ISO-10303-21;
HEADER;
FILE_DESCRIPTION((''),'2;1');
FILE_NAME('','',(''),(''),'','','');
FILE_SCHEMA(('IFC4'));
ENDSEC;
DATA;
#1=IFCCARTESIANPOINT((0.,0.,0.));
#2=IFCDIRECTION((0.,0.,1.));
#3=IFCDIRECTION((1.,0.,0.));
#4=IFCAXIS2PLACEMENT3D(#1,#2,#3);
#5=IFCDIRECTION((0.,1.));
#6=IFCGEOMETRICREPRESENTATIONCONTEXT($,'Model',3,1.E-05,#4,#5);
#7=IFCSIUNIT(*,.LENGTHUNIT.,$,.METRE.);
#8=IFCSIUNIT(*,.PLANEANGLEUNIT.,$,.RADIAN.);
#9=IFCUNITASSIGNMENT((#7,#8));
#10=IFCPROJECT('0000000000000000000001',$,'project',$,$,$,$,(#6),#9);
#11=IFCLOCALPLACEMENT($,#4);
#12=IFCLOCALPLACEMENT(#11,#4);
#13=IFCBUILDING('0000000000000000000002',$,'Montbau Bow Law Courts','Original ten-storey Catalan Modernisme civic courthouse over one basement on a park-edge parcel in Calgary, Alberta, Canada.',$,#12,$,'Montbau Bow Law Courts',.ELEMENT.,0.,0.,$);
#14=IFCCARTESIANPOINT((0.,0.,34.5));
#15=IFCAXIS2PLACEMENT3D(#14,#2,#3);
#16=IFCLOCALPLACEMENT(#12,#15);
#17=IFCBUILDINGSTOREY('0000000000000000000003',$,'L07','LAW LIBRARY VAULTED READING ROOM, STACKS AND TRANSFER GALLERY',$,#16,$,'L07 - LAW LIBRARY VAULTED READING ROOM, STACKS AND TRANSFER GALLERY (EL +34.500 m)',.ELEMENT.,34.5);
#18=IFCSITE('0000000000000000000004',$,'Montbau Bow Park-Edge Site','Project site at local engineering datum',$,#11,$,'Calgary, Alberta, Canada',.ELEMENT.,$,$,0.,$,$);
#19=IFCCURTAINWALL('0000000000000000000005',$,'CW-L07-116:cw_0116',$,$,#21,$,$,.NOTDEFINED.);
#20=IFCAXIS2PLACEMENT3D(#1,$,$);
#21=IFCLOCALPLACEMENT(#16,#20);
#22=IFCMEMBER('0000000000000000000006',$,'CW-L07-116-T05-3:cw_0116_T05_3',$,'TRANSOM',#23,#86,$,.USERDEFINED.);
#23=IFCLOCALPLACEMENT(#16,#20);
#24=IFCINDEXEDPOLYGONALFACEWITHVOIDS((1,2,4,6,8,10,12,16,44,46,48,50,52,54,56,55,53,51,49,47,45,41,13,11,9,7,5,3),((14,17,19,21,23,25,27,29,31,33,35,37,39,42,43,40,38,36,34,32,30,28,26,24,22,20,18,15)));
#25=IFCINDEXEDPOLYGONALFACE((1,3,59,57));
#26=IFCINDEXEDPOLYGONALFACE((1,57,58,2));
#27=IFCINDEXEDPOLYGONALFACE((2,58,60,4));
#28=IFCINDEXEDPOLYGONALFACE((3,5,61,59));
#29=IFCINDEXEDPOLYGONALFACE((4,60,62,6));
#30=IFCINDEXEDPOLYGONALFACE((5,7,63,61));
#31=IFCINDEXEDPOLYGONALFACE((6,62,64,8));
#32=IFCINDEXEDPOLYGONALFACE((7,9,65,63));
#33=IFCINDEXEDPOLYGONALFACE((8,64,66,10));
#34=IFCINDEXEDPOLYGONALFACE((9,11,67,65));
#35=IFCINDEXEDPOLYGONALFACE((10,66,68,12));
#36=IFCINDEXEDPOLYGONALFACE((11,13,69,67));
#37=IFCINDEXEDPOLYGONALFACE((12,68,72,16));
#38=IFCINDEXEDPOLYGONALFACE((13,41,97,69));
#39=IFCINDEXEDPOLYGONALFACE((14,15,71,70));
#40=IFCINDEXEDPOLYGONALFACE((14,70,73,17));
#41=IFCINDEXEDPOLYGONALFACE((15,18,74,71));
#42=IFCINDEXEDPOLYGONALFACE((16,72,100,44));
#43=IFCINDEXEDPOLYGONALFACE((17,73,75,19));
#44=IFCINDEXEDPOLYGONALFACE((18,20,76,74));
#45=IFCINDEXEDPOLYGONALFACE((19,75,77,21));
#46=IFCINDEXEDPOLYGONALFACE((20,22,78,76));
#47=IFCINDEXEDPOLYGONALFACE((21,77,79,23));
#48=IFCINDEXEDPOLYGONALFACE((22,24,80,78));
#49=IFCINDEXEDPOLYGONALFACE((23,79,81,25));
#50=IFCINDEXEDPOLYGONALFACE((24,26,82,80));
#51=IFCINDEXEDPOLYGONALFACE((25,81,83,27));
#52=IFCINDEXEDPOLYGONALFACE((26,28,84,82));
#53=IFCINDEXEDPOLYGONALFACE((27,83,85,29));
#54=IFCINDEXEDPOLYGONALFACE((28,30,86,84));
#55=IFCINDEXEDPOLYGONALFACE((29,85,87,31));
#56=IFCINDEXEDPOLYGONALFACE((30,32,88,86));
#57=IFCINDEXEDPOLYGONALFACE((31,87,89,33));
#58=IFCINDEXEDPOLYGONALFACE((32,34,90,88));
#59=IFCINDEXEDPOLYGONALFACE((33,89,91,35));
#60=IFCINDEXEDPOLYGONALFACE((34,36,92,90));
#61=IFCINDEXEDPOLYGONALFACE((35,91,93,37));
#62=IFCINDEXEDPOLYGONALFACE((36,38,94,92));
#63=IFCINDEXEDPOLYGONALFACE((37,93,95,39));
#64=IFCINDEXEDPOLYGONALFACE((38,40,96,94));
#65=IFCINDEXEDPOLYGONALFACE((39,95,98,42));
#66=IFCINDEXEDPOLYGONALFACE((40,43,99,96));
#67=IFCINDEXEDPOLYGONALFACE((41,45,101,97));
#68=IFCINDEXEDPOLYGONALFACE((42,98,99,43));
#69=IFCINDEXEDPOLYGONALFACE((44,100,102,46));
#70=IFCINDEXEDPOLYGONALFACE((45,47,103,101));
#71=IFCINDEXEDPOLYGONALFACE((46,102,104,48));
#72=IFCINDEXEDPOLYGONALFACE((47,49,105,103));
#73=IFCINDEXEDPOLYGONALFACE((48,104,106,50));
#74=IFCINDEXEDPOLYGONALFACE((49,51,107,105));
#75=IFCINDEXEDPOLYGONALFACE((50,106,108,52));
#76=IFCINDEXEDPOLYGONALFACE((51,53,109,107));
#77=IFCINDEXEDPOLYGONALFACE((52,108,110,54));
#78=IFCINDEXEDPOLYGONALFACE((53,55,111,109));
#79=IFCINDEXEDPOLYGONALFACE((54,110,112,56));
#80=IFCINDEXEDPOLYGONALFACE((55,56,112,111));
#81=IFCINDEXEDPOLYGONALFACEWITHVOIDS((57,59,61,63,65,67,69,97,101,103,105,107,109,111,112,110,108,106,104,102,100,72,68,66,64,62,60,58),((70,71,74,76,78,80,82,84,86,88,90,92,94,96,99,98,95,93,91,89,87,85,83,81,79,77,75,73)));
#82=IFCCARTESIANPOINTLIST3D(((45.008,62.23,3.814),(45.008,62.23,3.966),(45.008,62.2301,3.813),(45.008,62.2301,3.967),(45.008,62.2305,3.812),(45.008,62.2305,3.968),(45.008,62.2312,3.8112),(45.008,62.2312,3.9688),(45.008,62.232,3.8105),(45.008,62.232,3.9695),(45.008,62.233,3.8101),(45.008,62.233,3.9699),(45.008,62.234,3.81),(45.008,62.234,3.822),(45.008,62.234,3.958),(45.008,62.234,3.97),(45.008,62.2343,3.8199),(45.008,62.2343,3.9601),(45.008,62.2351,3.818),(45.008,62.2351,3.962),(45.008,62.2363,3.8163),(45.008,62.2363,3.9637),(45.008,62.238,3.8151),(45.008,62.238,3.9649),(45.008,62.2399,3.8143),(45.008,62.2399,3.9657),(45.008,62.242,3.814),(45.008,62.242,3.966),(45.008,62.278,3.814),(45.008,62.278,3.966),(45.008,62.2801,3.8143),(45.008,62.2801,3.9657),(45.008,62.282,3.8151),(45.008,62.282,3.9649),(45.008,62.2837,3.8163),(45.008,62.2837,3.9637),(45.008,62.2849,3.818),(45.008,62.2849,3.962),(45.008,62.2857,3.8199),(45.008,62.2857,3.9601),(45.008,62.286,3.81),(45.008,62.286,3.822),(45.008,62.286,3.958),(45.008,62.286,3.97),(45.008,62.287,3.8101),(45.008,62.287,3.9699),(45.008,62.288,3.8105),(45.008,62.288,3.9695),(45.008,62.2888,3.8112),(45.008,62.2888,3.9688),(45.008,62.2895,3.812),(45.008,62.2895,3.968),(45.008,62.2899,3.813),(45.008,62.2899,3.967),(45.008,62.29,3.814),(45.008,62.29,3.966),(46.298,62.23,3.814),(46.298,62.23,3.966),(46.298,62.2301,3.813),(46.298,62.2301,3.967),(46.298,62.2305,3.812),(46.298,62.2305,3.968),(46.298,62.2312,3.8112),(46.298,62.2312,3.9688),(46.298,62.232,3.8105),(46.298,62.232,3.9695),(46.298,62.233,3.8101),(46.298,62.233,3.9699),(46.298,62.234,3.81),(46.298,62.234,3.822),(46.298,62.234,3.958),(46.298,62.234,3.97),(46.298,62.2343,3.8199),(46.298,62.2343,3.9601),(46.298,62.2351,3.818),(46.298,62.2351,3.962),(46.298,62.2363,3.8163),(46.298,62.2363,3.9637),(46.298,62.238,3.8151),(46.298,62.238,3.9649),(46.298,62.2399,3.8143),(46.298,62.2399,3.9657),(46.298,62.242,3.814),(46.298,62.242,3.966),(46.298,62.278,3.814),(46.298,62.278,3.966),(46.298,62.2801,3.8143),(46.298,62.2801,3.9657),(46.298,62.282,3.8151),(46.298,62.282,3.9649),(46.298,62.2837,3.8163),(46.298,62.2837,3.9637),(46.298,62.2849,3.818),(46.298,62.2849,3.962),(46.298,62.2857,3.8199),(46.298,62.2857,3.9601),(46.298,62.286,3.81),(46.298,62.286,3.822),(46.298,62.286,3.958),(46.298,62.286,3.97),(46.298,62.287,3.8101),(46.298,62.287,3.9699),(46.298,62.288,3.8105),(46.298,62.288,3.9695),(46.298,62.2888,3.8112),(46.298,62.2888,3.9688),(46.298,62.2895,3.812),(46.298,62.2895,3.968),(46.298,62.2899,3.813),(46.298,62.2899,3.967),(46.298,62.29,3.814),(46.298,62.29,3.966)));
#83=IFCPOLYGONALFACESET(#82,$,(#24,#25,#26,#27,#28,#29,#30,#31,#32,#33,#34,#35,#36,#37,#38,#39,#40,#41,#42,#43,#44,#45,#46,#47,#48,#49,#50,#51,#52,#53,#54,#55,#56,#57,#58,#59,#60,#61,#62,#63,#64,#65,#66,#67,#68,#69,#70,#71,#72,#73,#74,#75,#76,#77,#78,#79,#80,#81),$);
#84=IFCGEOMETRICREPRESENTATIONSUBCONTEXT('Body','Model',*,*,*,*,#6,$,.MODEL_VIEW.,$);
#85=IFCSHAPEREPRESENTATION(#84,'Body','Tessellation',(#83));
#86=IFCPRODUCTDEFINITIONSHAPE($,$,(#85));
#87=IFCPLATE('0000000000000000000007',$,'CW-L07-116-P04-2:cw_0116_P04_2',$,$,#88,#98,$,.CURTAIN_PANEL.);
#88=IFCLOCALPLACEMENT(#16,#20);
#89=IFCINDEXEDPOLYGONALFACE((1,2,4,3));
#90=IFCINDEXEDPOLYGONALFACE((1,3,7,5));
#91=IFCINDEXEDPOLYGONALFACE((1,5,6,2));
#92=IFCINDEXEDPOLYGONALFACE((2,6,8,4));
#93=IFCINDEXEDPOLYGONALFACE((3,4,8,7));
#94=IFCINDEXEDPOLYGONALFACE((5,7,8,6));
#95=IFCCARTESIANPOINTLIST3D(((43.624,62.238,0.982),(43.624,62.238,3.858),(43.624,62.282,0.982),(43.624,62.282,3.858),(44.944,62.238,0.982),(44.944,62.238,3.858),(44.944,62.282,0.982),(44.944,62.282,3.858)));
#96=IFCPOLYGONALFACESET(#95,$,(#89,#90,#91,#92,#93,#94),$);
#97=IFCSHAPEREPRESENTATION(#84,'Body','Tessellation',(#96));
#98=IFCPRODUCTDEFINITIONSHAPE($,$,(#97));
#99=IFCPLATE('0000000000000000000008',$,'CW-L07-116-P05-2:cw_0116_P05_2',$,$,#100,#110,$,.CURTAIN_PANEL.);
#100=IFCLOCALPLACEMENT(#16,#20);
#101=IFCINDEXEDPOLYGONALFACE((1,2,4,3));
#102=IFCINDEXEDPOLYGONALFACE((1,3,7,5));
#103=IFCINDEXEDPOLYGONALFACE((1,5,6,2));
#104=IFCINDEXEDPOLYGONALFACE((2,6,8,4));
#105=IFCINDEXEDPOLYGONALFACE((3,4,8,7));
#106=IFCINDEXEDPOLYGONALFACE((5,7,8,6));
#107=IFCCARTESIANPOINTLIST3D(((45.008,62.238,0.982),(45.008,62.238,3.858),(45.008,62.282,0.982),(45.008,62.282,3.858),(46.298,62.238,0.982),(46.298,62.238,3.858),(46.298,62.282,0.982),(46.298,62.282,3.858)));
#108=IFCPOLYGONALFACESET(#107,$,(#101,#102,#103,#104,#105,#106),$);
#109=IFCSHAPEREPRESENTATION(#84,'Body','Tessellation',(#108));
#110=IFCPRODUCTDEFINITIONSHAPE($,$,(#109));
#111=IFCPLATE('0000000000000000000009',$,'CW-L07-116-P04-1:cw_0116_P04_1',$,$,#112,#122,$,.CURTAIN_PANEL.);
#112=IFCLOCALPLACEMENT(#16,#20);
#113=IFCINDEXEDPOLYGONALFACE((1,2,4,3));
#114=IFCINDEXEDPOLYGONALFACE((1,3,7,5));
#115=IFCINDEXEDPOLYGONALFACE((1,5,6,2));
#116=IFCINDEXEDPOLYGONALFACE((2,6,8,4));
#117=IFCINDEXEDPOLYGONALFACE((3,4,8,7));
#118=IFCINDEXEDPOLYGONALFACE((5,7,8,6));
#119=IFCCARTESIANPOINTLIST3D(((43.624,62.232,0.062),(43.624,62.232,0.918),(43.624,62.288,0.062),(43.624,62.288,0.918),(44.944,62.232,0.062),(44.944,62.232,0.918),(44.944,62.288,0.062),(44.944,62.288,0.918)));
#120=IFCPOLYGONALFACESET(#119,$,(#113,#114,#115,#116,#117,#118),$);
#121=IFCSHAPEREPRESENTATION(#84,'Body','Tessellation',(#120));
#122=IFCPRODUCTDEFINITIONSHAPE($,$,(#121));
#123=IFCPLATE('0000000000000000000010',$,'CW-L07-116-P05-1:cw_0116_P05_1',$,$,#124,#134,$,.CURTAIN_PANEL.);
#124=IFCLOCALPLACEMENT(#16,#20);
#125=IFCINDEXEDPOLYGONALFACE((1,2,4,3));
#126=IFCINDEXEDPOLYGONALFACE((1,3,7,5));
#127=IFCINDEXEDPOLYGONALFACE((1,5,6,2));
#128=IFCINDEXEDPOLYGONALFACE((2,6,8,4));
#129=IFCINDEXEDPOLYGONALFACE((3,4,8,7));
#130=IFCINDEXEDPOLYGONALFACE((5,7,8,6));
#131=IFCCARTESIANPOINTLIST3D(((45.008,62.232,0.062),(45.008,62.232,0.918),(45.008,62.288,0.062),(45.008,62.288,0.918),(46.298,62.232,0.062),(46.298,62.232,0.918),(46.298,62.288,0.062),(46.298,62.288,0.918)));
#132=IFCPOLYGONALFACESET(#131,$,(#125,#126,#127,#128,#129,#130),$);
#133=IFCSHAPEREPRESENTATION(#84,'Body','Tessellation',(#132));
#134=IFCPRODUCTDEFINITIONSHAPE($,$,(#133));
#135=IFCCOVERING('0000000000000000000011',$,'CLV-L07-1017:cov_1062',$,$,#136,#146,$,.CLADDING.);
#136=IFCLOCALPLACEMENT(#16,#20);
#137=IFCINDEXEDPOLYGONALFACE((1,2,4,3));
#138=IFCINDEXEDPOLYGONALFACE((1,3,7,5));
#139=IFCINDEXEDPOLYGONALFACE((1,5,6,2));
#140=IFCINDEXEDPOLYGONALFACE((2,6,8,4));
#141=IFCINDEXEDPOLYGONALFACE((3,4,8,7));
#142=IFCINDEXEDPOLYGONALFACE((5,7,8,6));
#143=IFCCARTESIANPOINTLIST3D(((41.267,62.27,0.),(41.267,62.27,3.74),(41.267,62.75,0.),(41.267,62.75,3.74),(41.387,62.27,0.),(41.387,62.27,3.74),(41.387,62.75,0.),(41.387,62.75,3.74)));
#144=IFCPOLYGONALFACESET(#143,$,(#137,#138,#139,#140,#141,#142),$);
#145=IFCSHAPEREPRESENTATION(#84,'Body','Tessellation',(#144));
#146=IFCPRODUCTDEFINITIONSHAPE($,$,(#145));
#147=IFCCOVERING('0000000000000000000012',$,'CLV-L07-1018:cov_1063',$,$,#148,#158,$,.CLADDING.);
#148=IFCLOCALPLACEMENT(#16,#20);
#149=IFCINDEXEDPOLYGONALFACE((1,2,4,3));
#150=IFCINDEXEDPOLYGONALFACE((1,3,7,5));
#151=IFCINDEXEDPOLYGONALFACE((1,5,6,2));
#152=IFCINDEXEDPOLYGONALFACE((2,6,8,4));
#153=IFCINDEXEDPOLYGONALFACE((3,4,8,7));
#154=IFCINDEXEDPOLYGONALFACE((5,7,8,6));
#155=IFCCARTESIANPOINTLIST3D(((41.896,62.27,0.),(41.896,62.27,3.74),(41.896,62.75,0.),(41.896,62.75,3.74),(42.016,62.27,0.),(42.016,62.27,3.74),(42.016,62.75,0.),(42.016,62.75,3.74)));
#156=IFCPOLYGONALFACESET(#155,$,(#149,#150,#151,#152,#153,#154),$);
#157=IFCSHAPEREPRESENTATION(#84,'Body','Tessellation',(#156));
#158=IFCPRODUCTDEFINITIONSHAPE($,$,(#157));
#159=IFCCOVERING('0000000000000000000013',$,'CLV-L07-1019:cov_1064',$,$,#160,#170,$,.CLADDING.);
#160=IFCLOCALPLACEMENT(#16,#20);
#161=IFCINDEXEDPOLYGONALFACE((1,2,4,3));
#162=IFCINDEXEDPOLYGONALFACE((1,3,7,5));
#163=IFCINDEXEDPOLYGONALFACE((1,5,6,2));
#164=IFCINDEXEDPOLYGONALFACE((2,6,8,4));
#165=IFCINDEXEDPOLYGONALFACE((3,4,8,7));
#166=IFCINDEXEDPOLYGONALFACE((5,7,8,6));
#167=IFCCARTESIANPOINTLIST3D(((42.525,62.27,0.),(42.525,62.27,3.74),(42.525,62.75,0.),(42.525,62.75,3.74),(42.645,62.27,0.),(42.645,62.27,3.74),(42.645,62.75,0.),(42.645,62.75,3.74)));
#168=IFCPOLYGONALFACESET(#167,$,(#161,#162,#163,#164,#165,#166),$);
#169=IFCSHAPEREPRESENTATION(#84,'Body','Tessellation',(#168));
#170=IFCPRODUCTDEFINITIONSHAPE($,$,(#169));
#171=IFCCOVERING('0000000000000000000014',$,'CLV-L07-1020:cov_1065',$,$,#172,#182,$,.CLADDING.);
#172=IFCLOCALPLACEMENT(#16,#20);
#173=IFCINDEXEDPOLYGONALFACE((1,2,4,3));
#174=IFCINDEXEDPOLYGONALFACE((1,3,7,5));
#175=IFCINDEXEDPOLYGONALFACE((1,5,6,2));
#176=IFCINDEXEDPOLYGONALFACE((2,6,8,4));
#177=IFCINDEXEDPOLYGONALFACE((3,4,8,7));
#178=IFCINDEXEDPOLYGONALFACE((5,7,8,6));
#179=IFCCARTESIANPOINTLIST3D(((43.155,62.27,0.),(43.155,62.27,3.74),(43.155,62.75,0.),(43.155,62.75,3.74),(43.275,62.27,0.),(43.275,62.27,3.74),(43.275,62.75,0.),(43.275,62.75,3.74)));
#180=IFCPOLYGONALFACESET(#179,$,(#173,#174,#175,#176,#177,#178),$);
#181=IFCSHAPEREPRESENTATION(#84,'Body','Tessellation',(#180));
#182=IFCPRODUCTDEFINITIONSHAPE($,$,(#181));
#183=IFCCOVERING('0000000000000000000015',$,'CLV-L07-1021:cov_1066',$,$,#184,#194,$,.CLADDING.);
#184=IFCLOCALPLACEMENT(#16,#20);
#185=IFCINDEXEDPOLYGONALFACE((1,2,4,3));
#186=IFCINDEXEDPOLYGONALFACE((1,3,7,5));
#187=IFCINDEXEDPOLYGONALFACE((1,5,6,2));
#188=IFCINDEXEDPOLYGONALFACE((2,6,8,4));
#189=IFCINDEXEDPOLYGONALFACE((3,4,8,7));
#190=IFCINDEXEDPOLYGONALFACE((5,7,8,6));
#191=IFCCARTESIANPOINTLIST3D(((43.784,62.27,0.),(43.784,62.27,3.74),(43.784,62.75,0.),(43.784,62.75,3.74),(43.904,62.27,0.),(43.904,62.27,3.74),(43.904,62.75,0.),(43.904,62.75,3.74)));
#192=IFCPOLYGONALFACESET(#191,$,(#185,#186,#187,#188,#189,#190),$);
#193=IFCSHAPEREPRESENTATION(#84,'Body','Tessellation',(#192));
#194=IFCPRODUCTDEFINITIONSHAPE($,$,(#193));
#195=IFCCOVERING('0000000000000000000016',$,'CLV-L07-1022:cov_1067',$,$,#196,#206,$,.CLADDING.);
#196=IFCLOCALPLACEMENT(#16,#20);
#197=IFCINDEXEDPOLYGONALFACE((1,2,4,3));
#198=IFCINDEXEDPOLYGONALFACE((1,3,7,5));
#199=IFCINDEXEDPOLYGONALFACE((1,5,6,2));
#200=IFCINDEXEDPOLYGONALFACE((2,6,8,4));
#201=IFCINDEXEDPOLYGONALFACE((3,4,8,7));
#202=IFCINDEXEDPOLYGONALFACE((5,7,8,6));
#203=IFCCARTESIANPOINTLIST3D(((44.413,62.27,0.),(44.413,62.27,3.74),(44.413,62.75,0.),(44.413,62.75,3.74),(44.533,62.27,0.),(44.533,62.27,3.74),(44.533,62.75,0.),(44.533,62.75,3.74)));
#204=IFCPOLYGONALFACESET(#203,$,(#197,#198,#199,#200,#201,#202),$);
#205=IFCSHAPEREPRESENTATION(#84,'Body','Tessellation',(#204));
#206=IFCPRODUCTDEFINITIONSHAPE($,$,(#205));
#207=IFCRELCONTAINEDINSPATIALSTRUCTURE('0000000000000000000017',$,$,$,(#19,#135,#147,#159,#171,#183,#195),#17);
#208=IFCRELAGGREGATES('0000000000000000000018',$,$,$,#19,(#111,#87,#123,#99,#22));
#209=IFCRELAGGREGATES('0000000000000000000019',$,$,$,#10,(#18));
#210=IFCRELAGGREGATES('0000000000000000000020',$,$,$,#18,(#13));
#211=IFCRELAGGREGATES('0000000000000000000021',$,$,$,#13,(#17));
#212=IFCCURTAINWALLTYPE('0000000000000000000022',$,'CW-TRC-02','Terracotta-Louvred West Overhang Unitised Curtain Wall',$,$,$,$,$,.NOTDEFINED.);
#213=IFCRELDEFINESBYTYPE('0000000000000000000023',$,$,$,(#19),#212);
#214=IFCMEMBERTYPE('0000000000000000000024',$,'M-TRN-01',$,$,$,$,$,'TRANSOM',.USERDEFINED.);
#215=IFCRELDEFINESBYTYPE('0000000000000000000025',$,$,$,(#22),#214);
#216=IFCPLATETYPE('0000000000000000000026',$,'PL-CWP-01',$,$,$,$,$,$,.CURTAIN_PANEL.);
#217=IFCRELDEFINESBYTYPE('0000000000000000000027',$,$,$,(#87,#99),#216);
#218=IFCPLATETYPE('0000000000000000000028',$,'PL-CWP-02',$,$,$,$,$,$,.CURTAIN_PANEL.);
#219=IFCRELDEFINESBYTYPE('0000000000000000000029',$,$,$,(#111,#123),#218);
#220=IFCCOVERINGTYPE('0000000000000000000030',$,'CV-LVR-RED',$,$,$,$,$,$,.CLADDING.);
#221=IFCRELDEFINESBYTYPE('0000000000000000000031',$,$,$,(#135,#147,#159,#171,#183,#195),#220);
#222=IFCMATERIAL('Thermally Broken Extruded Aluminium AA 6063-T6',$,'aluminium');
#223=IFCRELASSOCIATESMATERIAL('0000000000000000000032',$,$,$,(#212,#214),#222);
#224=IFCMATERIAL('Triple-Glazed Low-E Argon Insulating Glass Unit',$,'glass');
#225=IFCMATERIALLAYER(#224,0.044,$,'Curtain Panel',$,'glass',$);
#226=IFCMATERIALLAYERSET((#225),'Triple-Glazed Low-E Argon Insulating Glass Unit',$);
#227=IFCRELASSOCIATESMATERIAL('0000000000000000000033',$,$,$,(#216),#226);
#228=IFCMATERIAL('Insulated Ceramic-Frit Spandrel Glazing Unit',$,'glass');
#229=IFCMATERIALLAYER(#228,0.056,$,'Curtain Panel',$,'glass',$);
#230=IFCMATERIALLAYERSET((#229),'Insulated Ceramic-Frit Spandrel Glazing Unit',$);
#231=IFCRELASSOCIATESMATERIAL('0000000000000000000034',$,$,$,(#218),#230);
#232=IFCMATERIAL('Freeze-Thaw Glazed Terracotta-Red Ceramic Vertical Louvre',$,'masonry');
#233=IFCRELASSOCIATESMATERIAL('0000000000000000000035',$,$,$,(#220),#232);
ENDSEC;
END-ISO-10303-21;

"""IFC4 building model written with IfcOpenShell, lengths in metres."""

from ifc_helpers import new_model, si_unit, direction, frame, frame_2d, origin_with_axes, origin_2d_with_axis, place, context, subcontext, project, spatial, rectangle, hollow_rectangle, extrude, material, layer, layer_set, material_profile, profile_set, type_object, element, aggregate, save


model = new_model("IFC4")

# Units and contexts
model_context = context("Model", 3, precision=1e-05, world=origin_with_axes(), true_north=direction((0.0, 1.0)))
body_context = subcontext(model_context, "Body", "Model", "MODEL_VIEW")
ifc_project = project(units=[si_unit("LENGTHUNIT", "METRE"), si_unit("PLANEANGLEUNIT", "RADIAN")], contexts=[model_context])

# Site, building, storey
site_placement = place(None, origin_with_axes())
site = spatial("IfcSite", under=ifc_project, at=site_placement, Name="Montbau Bow Park-Edge Site", Description="Project site at local engineering datum", LongName="Calgary, Alberta, Canada", CompositionType="ELEMENT", RefElevation=0.0)
building_placement = place(site_placement, origin_with_axes())
building = spatial("IfcBuilding", under=site, at=building_placement, Name="Montbau Bow Law Courts", Description="Original ten-storey Catalan Modernisme civic courthouse over one basement on a park-edge parcel in Calgary, Alberta, Canada.", LongName="Montbau Bow Law Courts", CompositionType="ELEMENT", ElevationOfRefHeight=0.0, ElevationOfTerrain=0.0)
storey_placement = place(building_placement, frame((0.0, 0.0, 34.5), z_axis=(0.0, 0.0, 1.0), x_axis=(1.0, 0.0, 0.0)))
storey = spatial("IfcBuildingStorey", under=building, at=storey_placement, Name="L07", Description="LAW LIBRARY VAULTED READING ROOM, STACKS AND TRANSFER GALLERY", LongName="L07 - LAW LIBRARY VAULTED READING ROOM, STACKS AND TRANSFER GALLERY (EL +34.500 m)", CompositionType="ELEMENT", Elevation=34.5)

# Curtain wall, member, plates
ifc_material_1 = material(Name="Thermally Broken Extruded Aluminium AA 6063-T6", Category="aluminium")
curtain_wall_type = type_object("IfcCurtainWallType", Name="CW-TRC-02", Description="Terracotta-Louvred West Overhang Unitised Curtain Wall", PredefinedType="NOTDEFINED", material=ifc_material_1)
curtain_wall_placement = place(None, frame((39.44, 62.26, 34.5), z_axis=(0.0, 0.0, 1.0), x_axis=(1.0, 0.0, 0.0)))
curtain_wall = element("IfcCurtainWall", 1, at=curtain_wall_placement, inside=storey, type_object=curtain_wall_type, Name="CW-L07-116:cw_0116", PredefinedType="NOTDEFINED")
ifc_material_profile_1 = material_profile(ifc_material_1, hollow_rectangle(XDim=0.06, YDim=0.16, WallThickness=0.004, InnerFilletRadius=0.008, OuterFilletRadius=0.004, at=origin_2d_with_axis()), Name="CWT-160X60", Category="Main", Priority=0)
ifc_profile_set_1 = profile_set([ifc_material_profile_1], Name="Thermally Broken Extruded Aluminium AA 6063-T6")
member_type_1 = type_object("IfcMemberType", Name="M-TRN-01", ElementType="TRANSOM", PredefinedType="USERDEFINED", material=ifc_profile_set_1)
member_1_placement = place(None, frame((45.008, 62.26, 38.39), z_axis=(1.0, 0.0, 0.0), x_axis=(0.0, 1.0, 0.0)))
member_1 = element("IfcMember", 2, at=member_1_placement, type_object=member_type_1, Name="CW-L07-116-T05-3:cw_0116_T05_3", ObjectType="TRANSOM", PredefinedType="USERDEFINED", context=body_context, shape_type="SweptSolid", body=[
    extrude(hollow_rectangle(XDim=0.06, YDim=0.16, WallThickness=0.004, InnerFilletRadius=0.008, OuterFilletRadius=0.004, at=origin_2d_with_axis()), origin_with_axes(), (0.0, 0.0, 1.0), 1.29),
])
ifc_material_2 = material(Name="Triple-Glazed Low-E Argon Insulating Glass Unit", Category="glass")
ifc_layer_1 = layer(ifc_material_2, 0.044, Name="Curtain Panel", Category="glass")
ifc_layer_set_1 = layer_set([ifc_layer_1], Name="Triple-Glazed Low-E Argon Insulating Glass Unit")
plate_type_1 = type_object("IfcPlateType", Name="PL-CWP-01", PredefinedType="CURTAIN_PANEL", material=ifc_layer_set_1)
plate_1_placement = place(None, frame((43.624, 62.26, 35.482), z_axis=(0.0, -1.0, 0.0), x_axis=(1.0, 0.0, 0.0)))
plate_1 = element("IfcPlate", 3, at=plate_1_placement, type_object=plate_type_1, Name="CW-L07-116-P04-2:cw_0116_P04_2", PredefinedType="CURTAIN_PANEL", context=body_context, shape_type="SweptSolid", body=[
    extrude(rectangle(XDim=1.32, YDim=2.876, at=frame_2d((0.66, 1.438), x_axis=(1.0, 0.0))), frame((0.0, 0.0, -0.022), z_axis=(0.0, 0.0, 1.0), x_axis=(1.0, 0.0, 0.0)), (0.0, 0.0, 1.0), 0.044),
])
plate_2_placement = place(None, frame((45.008, 62.26, 35.482), z_axis=(0.0, -1.0, 0.0), x_axis=(1.0, 0.0, 0.0)))
plate_2 = element("IfcPlate", 4, at=plate_2_placement, type_object=plate_type_1, Name="CW-L07-116-P05-2:cw_0116_P05_2", PredefinedType="CURTAIN_PANEL", context=body_context, shape_type="SweptSolid", body=[
    extrude(rectangle(XDim=1.29, YDim=2.876, at=frame_2d((0.645, 1.438), x_axis=(1.0, 0.0))), frame((0.0, 0.0, -0.022), z_axis=(0.0, 0.0, 1.0), x_axis=(1.0, 0.0, 0.0)), (0.0, 0.0, 1.0), 0.044),
])
ifc_material_3 = material(Name="Insulated Ceramic-Frit Spandrel Glazing Unit", Category="glass")
ifc_layer_2 = layer(ifc_material_3, 0.056, Name="Curtain Panel", Category="glass")
ifc_layer_set_2 = layer_set([ifc_layer_2], Name="Insulated Ceramic-Frit Spandrel Glazing Unit")
plate_type_2 = type_object("IfcPlateType", Name="PL-CWP-02", PredefinedType="CURTAIN_PANEL", material=ifc_layer_set_2)
plate_3_placement = place(None, frame((43.624, 62.26, 34.562), z_axis=(0.0, -1.0, 0.0), x_axis=(1.0, 0.0, 0.0)))
plate_3 = element("IfcPlate", 5, at=plate_3_placement, type_object=plate_type_2, Name="CW-L07-116-P04-1:cw_0116_P04_1", PredefinedType="CURTAIN_PANEL", context=body_context, shape_type="SweptSolid", body=[
    extrude(rectangle(XDim=1.32, YDim=0.856, at=frame_2d((0.66, 0.428), x_axis=(1.0, 0.0))), frame((0.0, 0.0, -0.028), z_axis=(0.0, 0.0, 1.0), x_axis=(1.0, 0.0, 0.0)), (0.0, 0.0, 1.0), 0.056),
])
plate_4_placement = place(None, frame((45.008, 62.26, 34.562), z_axis=(0.0, -1.0, 0.0), x_axis=(1.0, 0.0, 0.0)))
plate_4 = element("IfcPlate", 6, at=plate_4_placement, type_object=plate_type_2, Name="CW-L07-116-P05-1:cw_0116_P05_1", PredefinedType="CURTAIN_PANEL", context=body_context, shape_type="SweptSolid", body=[
    extrude(rectangle(XDim=1.29, YDim=0.856, at=frame_2d((0.645, 0.428), x_axis=(1.0, 0.0))), frame((0.0, 0.0, -0.028), z_axis=(0.0, 0.0, 1.0), x_axis=(1.0, 0.0, 0.0)), (0.0, 0.0, 1.0), 0.056),
])
aggregate(curtain_wall, [plate_3, plate_1, plate_4, plate_2, member_1])

# Coverings
ifc_material_4 = material(Name="Freeze-Thaw Glazed Terracotta-Red Ceramic Vertical Louvre", Category="masonry")
covering_type = type_object("IfcCoveringType", Name="CV-LVR-RED", PredefinedType="CLADDING", material=ifc_material_4)
for number, where, z_axis, x_axis, name in (
    (7, (41.327, 62.27, 34.5), (1.0, 0.0, 0.0), (0.0, 1.0, 0.0), "CLV-L07-1017:cov_1062"),
    (8, (41.956, 62.27, 34.5), (1.0, 0.0, 0.0), (0.0, 1.0, 0.0), "CLV-L07-1018:cov_1063"),
    (9, (42.585, 62.27, 34.5), (1.0, 0.0, 0.0), (0.0, 1.0, 0.0), "CLV-L07-1019:cov_1064"),
    (10, (43.215, 62.27, 34.5), (1.0, 0.0, 0.0), (0.0, 1.0, 0.0), "CLV-L07-1020:cov_1065"),
    (11, (43.844, 62.27, 34.5), (1.0, 0.0, 0.0), (0.0, 1.0, 0.0), "CLV-L07-1021:cov_1066"),
    (12, (44.473, 62.27, 34.5), (1.0, 0.0, 0.0), (0.0, 1.0, 0.0), "CLV-L07-1022:cov_1067"),
):
    element("IfcCovering", number, at=place(None, frame(where, z_axis=z_axis, x_axis=x_axis)), inside=storey, type_object=covering_type, Name=name, PredefinedType="CLADDING", context=body_context, shape_type="SweptSolid", body=[
        extrude(rectangle(XDim=0.48, YDim=3.74, at=frame_2d((0.24, 1.87), x_axis=(1.0, 0.0))), frame((0.0, 0.0, -0.06), z_axis=(0.0, 0.0, 1.0), x_axis=(1.0, 0.0, 0.0)), (0.0, 0.0, 1.0), 0.12),
    ])

save(model, "model.ifc")
